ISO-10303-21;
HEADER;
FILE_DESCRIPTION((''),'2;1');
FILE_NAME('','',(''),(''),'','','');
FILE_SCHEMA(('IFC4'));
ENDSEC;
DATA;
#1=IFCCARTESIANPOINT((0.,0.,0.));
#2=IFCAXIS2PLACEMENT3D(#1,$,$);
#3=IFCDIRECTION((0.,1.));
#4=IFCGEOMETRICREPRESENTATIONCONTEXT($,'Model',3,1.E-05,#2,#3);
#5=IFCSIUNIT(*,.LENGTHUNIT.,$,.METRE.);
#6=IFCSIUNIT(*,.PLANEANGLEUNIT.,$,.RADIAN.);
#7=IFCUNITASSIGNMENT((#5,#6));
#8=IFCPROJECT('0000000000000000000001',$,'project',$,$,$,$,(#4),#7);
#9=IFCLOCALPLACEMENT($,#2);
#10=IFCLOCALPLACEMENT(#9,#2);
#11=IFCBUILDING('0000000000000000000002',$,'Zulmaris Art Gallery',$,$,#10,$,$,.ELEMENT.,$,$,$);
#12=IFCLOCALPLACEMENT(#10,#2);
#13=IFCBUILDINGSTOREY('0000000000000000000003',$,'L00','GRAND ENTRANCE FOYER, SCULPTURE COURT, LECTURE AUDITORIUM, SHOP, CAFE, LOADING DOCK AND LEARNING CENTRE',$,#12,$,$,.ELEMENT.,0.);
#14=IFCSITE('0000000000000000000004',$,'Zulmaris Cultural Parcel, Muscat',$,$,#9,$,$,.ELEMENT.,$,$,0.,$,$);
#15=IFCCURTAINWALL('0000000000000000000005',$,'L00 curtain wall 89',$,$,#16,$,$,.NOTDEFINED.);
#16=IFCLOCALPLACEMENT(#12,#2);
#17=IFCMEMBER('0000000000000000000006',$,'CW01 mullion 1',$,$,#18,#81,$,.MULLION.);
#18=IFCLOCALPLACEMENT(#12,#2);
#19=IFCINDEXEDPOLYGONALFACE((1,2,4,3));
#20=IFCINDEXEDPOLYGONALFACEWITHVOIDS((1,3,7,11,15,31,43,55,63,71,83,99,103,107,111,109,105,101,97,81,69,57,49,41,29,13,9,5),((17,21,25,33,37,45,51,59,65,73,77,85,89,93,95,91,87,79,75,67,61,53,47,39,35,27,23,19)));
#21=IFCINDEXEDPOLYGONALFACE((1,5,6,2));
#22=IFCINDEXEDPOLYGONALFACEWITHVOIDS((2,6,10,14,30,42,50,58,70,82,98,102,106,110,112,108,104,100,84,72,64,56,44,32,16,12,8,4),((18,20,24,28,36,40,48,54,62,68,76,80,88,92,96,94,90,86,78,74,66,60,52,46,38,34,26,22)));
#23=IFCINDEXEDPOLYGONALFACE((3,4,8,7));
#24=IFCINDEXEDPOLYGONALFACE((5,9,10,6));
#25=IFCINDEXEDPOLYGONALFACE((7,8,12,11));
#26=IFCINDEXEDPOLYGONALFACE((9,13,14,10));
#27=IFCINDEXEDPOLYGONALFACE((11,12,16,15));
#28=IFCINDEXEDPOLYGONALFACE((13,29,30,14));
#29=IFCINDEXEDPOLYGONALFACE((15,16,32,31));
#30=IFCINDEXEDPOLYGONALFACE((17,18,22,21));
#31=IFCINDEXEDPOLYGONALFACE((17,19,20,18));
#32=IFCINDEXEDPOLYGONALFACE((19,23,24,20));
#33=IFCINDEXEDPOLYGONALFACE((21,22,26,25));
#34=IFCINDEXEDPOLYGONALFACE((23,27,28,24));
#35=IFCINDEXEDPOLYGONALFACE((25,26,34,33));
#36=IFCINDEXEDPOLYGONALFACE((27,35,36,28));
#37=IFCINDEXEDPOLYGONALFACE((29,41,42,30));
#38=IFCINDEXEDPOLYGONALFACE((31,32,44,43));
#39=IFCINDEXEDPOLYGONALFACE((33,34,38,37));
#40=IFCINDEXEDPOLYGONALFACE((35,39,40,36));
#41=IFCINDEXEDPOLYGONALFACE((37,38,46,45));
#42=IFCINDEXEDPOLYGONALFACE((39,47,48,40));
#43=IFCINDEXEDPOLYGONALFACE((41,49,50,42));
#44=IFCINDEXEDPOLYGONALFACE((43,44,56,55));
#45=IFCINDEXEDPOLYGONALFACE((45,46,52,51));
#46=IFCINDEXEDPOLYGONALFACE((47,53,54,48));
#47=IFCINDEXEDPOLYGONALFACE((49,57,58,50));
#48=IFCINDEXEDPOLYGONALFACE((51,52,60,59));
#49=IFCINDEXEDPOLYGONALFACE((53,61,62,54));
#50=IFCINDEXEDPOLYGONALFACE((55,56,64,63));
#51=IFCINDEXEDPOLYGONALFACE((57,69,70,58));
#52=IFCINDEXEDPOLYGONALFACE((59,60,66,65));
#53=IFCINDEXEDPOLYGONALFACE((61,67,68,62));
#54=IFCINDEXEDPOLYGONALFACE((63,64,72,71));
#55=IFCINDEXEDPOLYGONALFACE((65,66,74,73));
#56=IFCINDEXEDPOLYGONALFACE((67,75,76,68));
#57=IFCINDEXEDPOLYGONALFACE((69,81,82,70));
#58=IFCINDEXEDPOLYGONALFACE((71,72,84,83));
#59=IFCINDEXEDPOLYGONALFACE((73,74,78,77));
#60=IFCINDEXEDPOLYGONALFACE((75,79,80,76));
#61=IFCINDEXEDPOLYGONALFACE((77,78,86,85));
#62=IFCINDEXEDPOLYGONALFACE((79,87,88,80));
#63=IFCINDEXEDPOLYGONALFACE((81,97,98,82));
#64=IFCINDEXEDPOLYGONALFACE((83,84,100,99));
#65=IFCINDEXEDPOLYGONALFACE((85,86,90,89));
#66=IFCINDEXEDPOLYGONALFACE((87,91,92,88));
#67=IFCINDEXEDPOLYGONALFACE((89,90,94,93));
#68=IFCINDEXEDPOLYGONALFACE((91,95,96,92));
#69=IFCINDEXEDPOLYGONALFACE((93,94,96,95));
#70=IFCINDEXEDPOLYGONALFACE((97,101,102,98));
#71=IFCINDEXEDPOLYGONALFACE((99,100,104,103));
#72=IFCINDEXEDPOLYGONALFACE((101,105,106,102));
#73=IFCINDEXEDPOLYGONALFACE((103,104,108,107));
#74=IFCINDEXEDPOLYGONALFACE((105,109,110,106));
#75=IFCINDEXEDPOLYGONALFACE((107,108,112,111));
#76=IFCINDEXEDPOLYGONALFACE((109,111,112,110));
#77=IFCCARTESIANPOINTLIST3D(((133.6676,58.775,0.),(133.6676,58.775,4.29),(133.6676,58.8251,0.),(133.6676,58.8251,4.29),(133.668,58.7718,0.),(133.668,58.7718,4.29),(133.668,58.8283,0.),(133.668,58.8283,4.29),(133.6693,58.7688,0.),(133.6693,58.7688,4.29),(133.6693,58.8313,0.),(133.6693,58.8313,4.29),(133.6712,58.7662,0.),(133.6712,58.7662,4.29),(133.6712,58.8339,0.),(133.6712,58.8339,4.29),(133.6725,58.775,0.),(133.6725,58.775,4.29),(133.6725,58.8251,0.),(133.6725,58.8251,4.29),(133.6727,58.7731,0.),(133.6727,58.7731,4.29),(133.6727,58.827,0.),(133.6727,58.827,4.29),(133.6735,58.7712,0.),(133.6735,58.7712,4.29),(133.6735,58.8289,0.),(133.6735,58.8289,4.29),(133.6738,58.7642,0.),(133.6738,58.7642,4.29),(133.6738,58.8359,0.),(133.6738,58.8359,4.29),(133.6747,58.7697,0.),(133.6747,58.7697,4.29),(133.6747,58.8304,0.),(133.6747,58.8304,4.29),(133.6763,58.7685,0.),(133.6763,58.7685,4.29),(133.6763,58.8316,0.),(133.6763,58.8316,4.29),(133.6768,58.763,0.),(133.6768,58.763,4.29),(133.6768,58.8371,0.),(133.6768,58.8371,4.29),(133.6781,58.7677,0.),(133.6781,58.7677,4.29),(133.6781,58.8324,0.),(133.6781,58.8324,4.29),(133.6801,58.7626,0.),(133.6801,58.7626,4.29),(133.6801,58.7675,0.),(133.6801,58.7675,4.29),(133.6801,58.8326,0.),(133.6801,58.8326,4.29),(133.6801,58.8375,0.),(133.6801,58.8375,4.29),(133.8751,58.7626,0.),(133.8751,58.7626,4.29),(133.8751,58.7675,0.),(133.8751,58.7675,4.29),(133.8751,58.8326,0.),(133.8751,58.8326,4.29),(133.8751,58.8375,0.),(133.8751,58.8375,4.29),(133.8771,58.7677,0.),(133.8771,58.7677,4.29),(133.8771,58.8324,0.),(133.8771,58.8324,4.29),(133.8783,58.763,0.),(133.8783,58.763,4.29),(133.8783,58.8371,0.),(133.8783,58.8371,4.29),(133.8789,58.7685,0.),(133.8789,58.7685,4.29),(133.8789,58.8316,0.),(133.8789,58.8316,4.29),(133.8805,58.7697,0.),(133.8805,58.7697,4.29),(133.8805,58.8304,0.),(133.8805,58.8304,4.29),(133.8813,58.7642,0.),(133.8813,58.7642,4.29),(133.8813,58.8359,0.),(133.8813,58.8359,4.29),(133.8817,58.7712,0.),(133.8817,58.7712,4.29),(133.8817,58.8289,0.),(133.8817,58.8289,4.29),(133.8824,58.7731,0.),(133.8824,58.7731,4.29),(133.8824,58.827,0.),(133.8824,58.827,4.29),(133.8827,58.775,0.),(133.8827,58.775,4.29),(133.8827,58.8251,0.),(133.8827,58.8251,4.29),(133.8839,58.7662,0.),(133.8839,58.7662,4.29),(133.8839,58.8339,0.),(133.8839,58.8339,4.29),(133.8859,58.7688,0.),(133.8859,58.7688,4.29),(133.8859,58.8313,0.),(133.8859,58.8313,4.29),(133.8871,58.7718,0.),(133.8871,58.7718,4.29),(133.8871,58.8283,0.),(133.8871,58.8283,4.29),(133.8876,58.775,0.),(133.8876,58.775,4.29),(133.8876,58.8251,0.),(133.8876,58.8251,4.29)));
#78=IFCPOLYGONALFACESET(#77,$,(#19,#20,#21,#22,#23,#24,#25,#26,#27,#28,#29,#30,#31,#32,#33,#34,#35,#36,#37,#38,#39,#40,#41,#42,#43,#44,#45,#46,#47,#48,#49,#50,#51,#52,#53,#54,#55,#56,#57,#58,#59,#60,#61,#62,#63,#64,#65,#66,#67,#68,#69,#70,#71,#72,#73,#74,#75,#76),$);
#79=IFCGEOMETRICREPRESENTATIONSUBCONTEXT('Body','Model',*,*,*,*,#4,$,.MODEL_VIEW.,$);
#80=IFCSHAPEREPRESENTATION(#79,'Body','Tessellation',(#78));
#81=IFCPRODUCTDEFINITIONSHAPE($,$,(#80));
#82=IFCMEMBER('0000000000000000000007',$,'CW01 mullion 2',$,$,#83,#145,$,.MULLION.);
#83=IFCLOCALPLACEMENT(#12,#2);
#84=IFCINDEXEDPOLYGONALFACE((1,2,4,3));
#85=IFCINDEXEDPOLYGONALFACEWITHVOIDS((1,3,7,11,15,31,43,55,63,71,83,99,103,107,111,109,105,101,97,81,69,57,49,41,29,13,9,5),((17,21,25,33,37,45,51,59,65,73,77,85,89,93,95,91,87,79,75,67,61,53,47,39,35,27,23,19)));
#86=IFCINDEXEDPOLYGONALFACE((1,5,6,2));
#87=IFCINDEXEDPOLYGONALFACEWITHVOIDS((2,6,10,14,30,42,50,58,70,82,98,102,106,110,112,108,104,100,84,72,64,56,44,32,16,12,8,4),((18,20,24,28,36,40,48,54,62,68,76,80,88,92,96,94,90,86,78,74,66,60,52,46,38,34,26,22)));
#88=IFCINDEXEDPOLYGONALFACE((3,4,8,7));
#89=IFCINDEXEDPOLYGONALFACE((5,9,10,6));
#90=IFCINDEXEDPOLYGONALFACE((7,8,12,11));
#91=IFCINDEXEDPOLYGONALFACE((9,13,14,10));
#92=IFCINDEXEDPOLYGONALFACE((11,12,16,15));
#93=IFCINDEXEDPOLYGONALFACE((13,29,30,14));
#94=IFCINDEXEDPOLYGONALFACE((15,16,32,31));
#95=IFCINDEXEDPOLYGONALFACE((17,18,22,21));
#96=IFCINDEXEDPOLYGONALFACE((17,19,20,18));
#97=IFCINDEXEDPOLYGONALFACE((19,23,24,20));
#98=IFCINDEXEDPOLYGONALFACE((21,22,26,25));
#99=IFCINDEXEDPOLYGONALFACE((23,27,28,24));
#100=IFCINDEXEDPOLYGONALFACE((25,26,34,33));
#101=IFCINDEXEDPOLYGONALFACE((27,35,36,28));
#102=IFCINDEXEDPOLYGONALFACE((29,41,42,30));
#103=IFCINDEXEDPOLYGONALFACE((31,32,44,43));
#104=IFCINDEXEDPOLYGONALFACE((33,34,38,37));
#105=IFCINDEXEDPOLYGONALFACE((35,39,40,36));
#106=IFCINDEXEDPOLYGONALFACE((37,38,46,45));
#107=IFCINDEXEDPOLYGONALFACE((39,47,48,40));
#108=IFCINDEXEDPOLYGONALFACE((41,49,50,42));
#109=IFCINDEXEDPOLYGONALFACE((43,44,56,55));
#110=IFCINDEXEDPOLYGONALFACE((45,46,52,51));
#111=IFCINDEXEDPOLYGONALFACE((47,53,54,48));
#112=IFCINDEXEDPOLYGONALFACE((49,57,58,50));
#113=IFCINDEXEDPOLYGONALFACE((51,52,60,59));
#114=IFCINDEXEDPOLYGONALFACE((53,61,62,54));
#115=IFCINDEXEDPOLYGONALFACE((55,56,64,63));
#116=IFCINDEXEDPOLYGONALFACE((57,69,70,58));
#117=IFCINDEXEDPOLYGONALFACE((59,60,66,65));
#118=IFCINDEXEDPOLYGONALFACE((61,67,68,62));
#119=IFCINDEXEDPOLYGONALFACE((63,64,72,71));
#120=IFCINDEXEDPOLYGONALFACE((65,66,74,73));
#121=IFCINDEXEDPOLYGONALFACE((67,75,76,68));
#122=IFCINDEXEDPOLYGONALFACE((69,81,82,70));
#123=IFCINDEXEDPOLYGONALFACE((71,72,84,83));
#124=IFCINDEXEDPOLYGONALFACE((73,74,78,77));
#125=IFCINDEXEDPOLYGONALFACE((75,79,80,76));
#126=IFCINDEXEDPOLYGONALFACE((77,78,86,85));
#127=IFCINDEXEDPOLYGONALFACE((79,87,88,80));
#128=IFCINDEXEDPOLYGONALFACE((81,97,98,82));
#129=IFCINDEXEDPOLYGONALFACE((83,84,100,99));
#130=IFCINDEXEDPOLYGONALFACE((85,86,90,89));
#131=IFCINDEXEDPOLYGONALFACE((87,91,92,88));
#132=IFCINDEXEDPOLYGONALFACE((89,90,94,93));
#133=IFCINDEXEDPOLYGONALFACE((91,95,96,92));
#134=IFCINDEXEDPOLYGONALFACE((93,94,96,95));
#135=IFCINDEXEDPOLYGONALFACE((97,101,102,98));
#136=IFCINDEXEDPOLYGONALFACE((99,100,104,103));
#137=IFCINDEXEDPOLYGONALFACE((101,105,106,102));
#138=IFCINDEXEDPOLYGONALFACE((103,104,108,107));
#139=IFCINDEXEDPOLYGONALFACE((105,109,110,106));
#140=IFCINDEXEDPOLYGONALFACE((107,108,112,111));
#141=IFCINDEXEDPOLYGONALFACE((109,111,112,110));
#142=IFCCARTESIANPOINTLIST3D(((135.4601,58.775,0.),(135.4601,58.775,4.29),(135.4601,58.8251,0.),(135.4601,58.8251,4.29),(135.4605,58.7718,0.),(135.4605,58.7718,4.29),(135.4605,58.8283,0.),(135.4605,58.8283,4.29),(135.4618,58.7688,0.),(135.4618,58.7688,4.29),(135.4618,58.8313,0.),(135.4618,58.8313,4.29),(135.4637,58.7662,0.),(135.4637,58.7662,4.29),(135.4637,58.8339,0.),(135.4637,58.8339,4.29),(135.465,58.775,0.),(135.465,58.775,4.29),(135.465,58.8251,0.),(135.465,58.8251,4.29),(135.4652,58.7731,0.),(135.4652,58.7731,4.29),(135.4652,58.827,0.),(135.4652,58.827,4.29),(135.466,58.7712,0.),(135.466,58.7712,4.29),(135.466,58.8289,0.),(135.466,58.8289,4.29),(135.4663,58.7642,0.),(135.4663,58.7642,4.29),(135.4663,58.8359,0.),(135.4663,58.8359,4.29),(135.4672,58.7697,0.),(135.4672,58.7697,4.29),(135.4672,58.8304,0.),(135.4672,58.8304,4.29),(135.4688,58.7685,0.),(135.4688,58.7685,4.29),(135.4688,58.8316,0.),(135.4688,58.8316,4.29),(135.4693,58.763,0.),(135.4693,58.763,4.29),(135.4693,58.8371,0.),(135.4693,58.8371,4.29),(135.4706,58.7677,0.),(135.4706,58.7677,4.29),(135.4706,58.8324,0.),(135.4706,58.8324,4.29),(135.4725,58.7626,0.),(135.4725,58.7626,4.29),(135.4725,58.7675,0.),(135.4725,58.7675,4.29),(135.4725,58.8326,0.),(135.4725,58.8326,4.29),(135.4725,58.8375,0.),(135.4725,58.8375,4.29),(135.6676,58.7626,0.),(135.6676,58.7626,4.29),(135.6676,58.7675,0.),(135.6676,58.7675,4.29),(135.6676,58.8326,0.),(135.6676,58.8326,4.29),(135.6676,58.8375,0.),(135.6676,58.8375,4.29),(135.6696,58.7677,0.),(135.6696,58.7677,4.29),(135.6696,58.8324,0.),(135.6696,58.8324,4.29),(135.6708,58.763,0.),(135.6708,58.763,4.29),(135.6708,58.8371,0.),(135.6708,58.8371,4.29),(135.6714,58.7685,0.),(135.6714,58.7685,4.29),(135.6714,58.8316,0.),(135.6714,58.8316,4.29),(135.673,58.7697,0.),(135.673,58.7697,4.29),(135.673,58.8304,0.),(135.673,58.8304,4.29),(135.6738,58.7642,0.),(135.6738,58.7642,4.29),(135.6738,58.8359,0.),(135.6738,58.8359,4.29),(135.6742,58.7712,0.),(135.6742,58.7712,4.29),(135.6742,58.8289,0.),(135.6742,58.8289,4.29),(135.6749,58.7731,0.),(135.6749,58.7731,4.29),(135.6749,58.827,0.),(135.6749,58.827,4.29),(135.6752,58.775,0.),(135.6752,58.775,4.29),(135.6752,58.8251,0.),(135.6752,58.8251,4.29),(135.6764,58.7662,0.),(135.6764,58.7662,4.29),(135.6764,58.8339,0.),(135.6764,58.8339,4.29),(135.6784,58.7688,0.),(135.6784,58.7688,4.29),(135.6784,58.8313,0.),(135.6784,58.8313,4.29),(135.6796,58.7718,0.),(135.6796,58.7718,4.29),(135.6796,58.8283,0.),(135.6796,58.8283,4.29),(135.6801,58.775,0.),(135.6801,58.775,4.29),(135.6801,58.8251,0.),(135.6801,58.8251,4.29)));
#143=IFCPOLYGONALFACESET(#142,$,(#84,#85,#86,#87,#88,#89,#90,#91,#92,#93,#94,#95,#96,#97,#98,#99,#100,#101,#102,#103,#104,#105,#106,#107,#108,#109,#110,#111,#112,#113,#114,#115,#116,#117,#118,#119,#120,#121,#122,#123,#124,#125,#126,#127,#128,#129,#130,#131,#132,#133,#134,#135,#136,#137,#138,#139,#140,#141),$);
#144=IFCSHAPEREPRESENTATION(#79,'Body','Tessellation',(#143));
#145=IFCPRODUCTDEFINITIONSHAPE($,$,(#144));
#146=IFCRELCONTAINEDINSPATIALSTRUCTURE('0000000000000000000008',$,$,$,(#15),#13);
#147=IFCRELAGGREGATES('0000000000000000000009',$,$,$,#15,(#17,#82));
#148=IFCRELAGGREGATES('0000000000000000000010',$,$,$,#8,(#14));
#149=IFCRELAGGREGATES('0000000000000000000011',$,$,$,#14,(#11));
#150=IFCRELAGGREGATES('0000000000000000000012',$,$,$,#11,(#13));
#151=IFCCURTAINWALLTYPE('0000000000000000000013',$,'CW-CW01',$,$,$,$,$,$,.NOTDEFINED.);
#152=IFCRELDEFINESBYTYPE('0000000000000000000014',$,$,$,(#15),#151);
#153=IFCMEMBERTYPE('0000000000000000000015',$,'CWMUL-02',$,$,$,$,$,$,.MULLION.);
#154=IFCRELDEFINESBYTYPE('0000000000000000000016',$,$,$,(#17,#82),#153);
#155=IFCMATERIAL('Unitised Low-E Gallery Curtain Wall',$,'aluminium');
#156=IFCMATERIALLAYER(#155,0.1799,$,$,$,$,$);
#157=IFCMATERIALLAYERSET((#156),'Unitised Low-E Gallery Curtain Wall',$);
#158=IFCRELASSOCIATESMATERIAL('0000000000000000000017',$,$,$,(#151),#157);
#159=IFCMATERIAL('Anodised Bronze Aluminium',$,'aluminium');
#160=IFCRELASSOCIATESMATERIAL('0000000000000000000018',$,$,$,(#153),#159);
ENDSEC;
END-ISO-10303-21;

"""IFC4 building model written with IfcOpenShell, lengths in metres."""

from ifc_helpers import new_model, si_unit, direction, frame, origin, origin_2d, place, context, subcontext, project, spatial, hollow_rectangle, extrude, material, layer, layer_set, material_profile, profile_set, type_object, element, aggregate, save


model = new_model("IFC4")

# Units and contexts
model_context = context("Model", 3, precision=1e-05, world=origin(), true_north=direction((0.0, 1.0)))
body_context = subcontext(model_context, "Body", "Model", "MODEL_VIEW")
ifc_project = project(units=[si_unit("LENGTHUNIT", "METRE"), si_unit("PLANEANGLEUNIT", "RADIAN")], contexts=[model_context])

# Site, building, storey
site_placement = place(None, origin())
site = spatial("IfcSite", under=ifc_project, at=site_placement, Name="Zulmaris Cultural Parcel, Muscat", CompositionType="ELEMENT", RefElevation=0.0)
building_placement = place(site_placement, origin())
building = spatial("IfcBuilding", under=site, at=building_placement, Name="Zulmaris Art Gallery", CompositionType="ELEMENT")
storey_placement = place(building_placement, origin())
storey = spatial("IfcBuildingStorey", under=building, at=storey_placement, Name="L00", Description="GRAND ENTRANCE FOYER, SCULPTURE COURT, LECTURE AUDITORIUM, SHOP, CAFE, LOADING DOCK AND LEARNING CENTRE", CompositionType="ELEMENT", Elevation=0.0)

# Shared definitions
ifc_material_1 = material(Name="Unitised Low-E Gallery Curtain Wall", Category="aluminium")
ifc_layer_1 = layer(ifc_material_1, 0.1799)
ifc_layer_set_1 = layer_set([ifc_layer_1], Name="Unitised Low-E Gallery Curtain Wall")
curtain_wall_type = type_object("IfcCurtainWallType", Name="CW-CW01", PredefinedType="NOTDEFINED", material=ifc_layer_set_1)
ifc_material_2 = material(Name="Anodised Bronze Aluminium", Category="aluminium")
ifc_material_profile_1 = material_profile(ifc_material_2, hollow_rectangle(XDim=0.075, YDim=0.22, WallThickness=0.0049, InnerFilletRadius=0.0076, OuterFilletRadius=0.0125, at=origin_2d()), Name="ALU 75x220x5")
ifc_profile_set_1 = profile_set([ifc_material_profile_1], Name="Anodised Bronze Aluminium")
member_type_1 = type_object("IfcMemberType", Name="CWMUL-02", PredefinedType="MULLION", material=ifc_profile_set_1)

# Curtain wall, members
curtain_wall_1_placement = place(storey_placement, origin())
curtain_wall_1 = element("IfcCurtainWall", 1, at=curtain_wall_1_placement, inside=storey, type_object=curtain_wall_type, Name="L00 curtain wall 89", PredefinedType="NOTDEFINED")
member_1_placement = place(storey_placement, frame((133.7776, 58.8, 0.0), z_axis=(0.0, 0.0, 1.0), x_axis=(0.0, 1.0, 0.0)))
member_1 = element("IfcMember", 2, at=member_1_placement, type_object=member_type_1, Name="CW01 mullion 1", PredefinedType="MULLION", context=body_context, shape_type="SweptSolid", body=[
    extrude(hollow_rectangle(XDim=0.075, YDim=0.22, WallThickness=0.0049, InnerFilletRadius=0.0076, OuterFilletRadius=0.0125, at=origin_2d()), origin(), (0.0, 0.0, 1.0), 4.29),
])
member_2_placement = place(storey_placement, frame((135.5701, 58.8, 0.0), z_axis=(0.0, 0.0, 1.0), x_axis=(0.0, 1.0, 0.0)))
member_2 = element("IfcMember", 3, at=member_2_placement, type_object=member_type_1, Name="CW01 mullion 2", PredefinedType="MULLION", context=body_context, shape_type="SweptSolid", body=[
    extrude(hollow_rectangle(XDim=0.075, YDim=0.22, WallThickness=0.0049, InnerFilletRadius=0.0076, OuterFilletRadius=0.0125, at=origin_2d()), origin(), (0.0, 0.0, 1.0), 4.29),
])
aggregate(curtain_wall_1, [member_1, member_2])

save(model, "model.ifc")
